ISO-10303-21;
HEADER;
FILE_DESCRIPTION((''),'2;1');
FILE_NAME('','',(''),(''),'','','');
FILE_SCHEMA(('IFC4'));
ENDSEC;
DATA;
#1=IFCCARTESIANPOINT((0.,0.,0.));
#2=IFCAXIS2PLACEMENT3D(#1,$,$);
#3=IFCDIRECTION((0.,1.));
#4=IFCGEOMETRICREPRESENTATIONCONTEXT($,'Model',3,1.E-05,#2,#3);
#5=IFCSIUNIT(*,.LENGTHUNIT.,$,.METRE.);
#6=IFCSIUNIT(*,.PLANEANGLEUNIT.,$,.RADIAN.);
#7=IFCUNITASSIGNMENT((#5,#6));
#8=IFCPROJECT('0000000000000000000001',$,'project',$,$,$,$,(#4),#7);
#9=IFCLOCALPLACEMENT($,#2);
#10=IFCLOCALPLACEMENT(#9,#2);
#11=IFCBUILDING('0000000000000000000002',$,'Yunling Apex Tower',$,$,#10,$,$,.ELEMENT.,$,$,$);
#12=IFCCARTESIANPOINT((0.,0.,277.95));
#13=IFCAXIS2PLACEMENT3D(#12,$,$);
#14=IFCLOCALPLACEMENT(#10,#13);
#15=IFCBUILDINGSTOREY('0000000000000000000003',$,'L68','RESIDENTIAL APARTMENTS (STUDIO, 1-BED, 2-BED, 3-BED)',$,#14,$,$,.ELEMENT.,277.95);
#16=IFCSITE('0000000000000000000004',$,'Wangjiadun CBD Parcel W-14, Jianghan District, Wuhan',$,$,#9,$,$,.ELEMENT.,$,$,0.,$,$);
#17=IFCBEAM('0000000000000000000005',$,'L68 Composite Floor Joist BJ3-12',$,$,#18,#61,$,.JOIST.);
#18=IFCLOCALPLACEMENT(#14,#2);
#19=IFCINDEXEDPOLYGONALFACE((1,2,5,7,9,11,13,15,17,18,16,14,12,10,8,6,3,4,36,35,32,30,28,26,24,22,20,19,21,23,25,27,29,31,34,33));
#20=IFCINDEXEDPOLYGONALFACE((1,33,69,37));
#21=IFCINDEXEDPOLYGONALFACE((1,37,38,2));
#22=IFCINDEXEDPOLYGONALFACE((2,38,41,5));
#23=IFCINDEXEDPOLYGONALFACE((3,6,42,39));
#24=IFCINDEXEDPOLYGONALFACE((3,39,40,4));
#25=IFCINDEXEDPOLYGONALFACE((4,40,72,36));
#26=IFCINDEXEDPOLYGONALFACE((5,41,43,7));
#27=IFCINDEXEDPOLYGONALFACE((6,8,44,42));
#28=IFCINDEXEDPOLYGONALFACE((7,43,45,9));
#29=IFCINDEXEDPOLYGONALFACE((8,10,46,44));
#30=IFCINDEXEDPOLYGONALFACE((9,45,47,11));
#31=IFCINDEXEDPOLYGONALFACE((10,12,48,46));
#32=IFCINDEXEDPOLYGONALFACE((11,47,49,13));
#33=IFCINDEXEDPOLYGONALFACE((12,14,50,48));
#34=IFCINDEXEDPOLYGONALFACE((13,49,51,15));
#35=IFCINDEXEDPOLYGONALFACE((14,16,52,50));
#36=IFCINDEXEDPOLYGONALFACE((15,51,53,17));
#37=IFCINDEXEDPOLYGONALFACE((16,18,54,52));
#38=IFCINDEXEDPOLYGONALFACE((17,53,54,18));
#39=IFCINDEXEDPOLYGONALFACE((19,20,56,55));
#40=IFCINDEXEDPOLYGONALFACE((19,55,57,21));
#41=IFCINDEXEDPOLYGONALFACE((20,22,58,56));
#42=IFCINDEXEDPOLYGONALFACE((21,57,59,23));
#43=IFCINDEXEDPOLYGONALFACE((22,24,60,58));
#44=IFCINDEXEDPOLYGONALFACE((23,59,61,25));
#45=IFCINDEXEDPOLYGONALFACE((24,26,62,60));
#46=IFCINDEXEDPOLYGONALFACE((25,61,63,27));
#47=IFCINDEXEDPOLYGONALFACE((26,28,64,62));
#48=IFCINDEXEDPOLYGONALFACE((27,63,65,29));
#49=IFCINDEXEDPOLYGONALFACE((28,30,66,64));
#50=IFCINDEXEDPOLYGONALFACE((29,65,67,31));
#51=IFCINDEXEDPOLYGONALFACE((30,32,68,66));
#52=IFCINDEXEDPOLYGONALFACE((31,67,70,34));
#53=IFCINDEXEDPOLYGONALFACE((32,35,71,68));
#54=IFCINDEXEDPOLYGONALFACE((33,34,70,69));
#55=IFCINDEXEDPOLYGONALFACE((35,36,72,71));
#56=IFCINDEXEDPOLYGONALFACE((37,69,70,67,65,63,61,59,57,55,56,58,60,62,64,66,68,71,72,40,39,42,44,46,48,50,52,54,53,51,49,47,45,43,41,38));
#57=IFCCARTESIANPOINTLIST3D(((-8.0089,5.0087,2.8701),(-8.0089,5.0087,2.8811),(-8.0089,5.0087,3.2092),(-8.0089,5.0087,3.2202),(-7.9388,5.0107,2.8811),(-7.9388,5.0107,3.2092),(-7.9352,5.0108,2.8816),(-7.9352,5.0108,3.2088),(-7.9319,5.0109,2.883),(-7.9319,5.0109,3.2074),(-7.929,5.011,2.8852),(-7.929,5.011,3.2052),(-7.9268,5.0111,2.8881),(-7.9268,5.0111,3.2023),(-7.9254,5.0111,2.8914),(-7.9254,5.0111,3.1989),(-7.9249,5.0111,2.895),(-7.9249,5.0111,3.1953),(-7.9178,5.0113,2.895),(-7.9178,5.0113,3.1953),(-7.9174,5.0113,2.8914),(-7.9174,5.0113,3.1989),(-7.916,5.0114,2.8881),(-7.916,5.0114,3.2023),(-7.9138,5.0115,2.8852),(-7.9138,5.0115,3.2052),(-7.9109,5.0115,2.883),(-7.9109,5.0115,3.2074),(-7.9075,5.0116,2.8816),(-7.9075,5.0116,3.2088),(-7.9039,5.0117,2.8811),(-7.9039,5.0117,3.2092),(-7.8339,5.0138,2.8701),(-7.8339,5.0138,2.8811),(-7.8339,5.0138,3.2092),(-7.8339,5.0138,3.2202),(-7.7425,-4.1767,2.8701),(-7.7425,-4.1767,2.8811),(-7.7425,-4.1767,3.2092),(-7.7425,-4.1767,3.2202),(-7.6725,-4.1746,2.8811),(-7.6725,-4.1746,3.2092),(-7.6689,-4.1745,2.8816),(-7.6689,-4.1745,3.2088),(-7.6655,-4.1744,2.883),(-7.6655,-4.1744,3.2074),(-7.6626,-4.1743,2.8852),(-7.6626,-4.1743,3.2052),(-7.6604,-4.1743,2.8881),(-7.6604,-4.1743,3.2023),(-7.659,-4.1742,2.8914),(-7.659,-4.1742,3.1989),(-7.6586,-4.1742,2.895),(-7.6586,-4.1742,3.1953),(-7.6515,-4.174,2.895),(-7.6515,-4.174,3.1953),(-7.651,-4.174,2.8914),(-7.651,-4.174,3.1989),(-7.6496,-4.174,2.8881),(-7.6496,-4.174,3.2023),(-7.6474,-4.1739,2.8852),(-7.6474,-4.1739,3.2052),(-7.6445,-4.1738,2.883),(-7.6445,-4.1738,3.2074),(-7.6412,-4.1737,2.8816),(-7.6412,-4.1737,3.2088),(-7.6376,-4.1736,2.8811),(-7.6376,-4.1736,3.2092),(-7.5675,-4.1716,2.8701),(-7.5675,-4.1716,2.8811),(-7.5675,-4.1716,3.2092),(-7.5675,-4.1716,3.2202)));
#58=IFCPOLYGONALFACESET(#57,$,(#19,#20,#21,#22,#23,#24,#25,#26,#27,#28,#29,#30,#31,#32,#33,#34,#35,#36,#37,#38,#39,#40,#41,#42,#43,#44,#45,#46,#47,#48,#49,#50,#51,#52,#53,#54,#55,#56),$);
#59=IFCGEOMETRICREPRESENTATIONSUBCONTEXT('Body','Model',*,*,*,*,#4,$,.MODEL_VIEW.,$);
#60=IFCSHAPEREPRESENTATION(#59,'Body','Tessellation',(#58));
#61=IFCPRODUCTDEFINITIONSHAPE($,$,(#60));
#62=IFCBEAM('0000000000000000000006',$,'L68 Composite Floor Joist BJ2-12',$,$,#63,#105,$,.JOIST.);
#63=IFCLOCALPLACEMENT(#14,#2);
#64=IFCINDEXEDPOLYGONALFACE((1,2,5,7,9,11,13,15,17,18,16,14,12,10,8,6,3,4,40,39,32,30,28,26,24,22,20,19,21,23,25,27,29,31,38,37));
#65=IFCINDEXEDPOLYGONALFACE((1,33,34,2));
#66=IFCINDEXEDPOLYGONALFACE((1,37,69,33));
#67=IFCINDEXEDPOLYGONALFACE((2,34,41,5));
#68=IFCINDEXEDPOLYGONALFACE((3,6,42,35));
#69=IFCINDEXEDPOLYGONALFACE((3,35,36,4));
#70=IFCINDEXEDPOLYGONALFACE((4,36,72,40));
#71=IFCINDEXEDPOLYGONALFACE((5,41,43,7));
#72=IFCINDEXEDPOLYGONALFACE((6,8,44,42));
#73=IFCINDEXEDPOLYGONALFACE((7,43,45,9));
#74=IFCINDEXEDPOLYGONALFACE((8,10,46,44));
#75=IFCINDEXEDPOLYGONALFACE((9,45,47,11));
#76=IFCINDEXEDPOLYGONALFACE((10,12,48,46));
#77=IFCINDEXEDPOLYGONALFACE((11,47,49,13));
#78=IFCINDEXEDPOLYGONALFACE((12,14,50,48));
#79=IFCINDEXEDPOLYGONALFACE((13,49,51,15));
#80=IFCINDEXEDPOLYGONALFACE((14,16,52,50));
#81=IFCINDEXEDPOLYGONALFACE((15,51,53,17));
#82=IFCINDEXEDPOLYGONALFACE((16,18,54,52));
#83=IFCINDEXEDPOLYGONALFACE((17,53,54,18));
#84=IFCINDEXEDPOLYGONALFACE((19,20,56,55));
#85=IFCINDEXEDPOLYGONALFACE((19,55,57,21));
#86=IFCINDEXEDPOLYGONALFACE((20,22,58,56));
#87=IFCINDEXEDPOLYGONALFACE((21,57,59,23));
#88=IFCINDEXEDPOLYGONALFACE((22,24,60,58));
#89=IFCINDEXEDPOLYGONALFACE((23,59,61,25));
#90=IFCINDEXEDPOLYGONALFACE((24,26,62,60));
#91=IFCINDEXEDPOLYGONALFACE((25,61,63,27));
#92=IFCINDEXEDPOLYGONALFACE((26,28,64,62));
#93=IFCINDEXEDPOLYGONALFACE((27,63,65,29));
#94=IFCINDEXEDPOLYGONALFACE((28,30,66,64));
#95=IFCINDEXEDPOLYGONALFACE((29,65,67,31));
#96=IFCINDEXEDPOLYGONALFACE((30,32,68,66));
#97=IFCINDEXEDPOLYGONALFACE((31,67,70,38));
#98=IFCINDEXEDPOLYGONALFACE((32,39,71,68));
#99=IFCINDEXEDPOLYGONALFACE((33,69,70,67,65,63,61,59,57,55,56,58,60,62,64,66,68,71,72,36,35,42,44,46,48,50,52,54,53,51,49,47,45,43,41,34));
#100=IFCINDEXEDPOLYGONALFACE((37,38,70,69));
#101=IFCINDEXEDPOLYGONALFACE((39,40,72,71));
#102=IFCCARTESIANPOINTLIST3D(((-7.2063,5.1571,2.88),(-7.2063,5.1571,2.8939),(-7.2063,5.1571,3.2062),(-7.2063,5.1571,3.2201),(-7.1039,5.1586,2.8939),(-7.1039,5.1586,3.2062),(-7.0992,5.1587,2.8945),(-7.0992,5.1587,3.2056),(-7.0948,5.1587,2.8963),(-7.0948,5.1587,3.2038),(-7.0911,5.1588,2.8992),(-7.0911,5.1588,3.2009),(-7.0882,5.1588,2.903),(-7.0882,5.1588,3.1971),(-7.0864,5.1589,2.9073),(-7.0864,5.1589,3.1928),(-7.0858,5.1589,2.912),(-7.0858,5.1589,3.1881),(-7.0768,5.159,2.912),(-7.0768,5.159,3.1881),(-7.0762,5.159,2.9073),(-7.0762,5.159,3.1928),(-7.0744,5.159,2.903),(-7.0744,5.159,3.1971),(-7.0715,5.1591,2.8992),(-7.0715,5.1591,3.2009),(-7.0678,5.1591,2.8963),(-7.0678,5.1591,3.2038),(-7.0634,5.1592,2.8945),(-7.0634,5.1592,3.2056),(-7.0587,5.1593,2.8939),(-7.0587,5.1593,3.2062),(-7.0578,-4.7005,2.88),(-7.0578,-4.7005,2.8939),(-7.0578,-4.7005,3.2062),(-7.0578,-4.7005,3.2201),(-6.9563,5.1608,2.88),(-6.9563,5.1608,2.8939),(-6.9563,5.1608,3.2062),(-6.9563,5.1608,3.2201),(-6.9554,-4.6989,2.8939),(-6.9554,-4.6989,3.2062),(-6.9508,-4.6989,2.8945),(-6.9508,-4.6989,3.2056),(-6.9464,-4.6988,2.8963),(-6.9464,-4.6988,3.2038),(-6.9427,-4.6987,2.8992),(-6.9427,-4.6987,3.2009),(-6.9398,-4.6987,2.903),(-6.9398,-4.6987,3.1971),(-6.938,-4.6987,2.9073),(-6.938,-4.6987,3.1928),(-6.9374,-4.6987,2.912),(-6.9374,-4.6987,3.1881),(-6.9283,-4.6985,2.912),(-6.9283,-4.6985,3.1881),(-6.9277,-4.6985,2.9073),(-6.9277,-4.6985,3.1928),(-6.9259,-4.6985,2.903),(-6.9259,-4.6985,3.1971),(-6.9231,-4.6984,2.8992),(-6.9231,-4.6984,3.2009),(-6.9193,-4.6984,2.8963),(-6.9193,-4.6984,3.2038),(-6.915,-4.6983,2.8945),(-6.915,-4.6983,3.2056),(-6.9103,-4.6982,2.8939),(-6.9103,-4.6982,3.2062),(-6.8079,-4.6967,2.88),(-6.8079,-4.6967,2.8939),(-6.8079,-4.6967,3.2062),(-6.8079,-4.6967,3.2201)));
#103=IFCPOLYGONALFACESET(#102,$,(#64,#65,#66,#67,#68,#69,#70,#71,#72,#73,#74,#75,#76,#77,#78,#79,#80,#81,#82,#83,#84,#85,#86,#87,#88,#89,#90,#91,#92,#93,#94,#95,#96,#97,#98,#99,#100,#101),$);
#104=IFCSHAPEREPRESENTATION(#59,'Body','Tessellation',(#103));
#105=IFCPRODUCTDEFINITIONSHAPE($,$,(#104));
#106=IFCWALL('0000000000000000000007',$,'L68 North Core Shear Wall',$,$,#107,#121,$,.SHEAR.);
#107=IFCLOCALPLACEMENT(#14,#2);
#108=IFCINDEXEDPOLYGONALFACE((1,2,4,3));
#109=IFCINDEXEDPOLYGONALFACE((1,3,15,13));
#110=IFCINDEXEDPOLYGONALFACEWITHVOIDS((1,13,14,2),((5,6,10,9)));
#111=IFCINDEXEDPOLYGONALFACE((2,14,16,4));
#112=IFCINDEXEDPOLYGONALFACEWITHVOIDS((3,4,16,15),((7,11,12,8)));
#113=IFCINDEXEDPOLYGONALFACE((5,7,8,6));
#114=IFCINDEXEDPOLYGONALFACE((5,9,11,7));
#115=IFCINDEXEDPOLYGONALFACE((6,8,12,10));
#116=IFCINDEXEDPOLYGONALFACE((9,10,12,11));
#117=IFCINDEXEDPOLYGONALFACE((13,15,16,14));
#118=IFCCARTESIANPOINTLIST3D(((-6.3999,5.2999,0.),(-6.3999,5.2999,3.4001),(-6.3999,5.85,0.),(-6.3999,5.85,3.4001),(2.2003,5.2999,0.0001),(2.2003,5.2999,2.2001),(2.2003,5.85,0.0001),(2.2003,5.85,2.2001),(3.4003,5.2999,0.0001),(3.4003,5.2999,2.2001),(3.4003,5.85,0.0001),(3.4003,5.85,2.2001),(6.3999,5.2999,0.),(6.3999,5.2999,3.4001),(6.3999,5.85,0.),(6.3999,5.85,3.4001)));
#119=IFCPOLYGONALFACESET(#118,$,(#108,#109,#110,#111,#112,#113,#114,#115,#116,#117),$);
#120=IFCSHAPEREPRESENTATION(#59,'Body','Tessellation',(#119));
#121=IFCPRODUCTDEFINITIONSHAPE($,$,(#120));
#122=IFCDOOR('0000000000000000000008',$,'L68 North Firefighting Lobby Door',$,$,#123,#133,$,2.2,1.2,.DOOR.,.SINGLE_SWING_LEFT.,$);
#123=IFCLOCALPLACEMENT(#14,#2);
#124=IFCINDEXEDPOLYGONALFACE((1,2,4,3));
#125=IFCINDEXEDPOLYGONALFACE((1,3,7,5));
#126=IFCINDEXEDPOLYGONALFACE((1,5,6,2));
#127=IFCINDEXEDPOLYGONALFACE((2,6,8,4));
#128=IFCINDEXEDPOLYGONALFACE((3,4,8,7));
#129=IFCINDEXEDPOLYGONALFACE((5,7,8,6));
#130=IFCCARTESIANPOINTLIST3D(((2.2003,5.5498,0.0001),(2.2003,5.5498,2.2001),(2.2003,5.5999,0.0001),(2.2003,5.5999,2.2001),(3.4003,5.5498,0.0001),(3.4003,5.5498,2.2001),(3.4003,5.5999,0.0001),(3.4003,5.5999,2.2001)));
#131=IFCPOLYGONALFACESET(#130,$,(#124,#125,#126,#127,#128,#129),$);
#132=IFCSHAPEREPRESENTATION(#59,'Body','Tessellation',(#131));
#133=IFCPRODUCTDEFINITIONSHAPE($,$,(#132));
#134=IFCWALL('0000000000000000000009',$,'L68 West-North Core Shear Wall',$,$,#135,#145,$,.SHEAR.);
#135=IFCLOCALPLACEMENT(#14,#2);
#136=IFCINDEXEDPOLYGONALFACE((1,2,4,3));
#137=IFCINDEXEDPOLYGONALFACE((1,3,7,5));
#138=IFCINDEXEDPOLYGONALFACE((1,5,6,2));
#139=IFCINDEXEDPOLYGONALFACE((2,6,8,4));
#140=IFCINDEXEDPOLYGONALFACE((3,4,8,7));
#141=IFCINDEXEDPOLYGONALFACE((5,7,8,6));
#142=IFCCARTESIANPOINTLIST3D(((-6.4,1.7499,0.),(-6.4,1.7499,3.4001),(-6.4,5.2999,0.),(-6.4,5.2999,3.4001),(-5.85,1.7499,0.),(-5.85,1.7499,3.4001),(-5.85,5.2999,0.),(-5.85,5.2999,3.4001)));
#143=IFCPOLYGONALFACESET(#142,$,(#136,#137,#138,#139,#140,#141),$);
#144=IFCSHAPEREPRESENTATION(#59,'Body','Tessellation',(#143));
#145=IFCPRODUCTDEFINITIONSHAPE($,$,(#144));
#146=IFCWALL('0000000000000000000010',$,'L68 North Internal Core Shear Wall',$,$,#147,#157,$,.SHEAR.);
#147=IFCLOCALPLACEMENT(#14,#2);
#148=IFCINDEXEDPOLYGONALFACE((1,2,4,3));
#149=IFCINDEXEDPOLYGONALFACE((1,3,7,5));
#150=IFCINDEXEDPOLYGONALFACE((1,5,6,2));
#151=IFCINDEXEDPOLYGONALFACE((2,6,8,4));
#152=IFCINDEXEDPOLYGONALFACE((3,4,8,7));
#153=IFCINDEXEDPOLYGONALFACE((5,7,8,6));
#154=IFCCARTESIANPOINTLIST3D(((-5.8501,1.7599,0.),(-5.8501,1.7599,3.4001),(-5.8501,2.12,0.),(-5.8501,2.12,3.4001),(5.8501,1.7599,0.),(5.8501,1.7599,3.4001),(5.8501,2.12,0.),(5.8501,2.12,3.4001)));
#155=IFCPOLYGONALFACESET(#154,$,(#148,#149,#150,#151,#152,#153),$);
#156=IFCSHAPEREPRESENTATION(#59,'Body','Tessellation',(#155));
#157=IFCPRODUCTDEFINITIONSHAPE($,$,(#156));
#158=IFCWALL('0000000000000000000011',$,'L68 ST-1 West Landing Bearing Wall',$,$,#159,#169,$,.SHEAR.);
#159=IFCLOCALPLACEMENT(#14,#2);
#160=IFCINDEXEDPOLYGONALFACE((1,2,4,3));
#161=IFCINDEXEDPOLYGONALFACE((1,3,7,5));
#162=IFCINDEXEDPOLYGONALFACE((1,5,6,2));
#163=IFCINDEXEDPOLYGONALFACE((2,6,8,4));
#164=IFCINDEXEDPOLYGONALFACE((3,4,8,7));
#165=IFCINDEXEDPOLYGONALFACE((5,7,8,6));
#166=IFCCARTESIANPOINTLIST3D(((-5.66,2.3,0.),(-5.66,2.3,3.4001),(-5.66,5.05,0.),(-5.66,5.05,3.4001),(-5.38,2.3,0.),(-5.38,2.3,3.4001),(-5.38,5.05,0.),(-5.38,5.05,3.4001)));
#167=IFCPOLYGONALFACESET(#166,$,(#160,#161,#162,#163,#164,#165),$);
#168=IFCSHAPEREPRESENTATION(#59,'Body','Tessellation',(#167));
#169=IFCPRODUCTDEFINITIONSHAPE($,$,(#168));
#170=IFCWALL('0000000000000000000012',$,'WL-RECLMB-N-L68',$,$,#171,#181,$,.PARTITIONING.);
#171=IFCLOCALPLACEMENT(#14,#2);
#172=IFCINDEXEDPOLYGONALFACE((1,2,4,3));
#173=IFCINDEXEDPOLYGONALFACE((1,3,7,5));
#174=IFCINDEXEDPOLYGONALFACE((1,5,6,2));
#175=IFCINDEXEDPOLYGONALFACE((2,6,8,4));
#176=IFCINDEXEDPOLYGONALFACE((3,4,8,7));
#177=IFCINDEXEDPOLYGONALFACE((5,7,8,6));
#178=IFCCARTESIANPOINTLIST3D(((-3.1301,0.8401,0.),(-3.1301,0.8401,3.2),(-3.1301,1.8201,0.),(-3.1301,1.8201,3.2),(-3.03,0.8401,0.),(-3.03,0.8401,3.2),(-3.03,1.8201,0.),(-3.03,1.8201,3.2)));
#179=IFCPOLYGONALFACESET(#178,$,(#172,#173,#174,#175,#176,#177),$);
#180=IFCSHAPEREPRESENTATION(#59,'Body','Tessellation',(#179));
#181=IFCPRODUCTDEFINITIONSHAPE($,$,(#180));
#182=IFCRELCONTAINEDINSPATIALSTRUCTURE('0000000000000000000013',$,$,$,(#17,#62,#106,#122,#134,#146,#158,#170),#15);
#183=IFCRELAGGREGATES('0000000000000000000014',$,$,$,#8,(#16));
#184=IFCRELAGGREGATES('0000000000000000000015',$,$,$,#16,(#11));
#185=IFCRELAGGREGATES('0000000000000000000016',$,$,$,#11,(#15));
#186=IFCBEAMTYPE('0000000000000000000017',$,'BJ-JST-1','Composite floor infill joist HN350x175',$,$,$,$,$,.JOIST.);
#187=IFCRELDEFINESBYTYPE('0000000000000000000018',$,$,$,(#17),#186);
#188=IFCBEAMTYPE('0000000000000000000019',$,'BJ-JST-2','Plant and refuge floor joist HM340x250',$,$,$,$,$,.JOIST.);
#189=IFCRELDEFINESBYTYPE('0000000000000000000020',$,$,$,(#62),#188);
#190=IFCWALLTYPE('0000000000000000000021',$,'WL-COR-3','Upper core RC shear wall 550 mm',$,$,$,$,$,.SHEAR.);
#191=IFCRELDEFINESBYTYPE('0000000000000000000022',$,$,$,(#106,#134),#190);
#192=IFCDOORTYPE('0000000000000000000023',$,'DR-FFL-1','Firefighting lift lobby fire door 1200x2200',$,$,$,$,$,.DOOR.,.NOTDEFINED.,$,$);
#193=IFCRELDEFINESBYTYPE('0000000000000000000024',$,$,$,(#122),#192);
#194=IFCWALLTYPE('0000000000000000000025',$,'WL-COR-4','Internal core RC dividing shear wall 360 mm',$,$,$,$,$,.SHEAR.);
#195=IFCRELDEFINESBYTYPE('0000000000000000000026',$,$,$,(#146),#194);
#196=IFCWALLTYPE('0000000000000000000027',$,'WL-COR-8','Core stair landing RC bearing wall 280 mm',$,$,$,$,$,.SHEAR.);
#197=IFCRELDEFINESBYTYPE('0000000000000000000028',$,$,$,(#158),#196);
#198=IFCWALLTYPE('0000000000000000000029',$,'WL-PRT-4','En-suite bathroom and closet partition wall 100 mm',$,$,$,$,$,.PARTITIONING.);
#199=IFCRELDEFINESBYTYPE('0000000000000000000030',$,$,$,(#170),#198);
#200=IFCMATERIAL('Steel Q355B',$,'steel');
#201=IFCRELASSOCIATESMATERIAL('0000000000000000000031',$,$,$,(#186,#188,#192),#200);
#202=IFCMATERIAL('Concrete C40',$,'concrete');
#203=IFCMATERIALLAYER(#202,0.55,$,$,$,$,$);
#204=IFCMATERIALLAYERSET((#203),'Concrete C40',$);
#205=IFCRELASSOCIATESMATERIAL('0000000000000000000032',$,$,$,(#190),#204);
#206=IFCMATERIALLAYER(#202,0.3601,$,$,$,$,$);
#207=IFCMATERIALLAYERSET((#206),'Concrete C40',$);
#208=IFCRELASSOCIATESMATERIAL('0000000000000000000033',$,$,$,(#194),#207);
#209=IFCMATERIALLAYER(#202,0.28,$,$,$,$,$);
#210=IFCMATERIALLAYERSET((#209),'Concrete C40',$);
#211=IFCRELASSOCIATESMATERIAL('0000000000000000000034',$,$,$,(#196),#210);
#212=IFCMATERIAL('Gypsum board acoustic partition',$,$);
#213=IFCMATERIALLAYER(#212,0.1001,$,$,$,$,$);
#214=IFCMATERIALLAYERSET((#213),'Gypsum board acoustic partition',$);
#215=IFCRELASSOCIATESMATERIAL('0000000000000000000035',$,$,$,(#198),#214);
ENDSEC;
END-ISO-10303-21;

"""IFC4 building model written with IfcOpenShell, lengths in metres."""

from ifc_helpers import new_model, si_unit, direction, frame, frame_2d, origin, origin_2d, place, context, subcontext, project, spatial, rectangle, i_section, extrude, source, transform, mapped, material, layer, layer_set, material_profile, profile_set, type_object, element, fill, save


model = new_model("IFC4")

# Units and contexts
model_context = context("Model", 3, precision=1e-05, world=origin(), true_north=direction((0.0, 1.0)))
body_context = subcontext(model_context, "Body", "Model", "MODEL_VIEW")
ifc_project = project(units=[si_unit("LENGTHUNIT", "METRE"), si_unit("PLANEANGLEUNIT", "RADIAN")], contexts=[model_context])

# Site, building, storey
site_placement = place(None, origin())
site = spatial("IfcSite", under=ifc_project, at=site_placement, Name="Wangjiadun CBD Parcel W-14, Jianghan District, Wuhan", CompositionType="ELEMENT", RefElevation=0.0)
building_placement = place(site_placement, origin())
building = spatial("IfcBuilding", under=site, at=building_placement, Name="Yunling Apex Tower", CompositionType="ELEMENT")
storey_placement = place(building_placement, frame((0.0, 0.0, 277.95)))
storey = spatial("IfcBuildingStorey", under=building, at=storey_placement, Name="L68", Description="RESIDENTIAL APARTMENTS (STUDIO, 1-BED, 2-BED, 3-BED)", CompositionType="ELEMENT", Elevation=277.95)

# Beams
ifc_material_1 = material(Name="Steel Q355B", Category="steel")
ifc_material_profile_1 = material_profile(ifc_material_1, i_section(OverallWidth=0.175, OverallDepth=0.3501, WebThickness=0.0071, FlangeThickness=0.011, FilletRadius=0.0139, at=origin_2d()))
ifc_profile_set_1 = profile_set([ifc_material_profile_1], Name="Steel Q355B")
beam_type_1 = type_object("IfcBeamType", Name="BJ-JST-1", Description="Composite floor infill joist HN350x175", PredefinedType="JOIST", material=ifc_profile_set_1)
shared_shape_1 = source(origin(), body_context, "Body", "SweptSolid", [
    extrude(i_section(OverallWidth=0.175, OverallDepth=0.3501, WebThickness=0.0071, FlangeThickness=0.011, FilletRadius=0.0139, at=origin_2d()), origin(), (0.0, 0.0, 1.0), 9.1892),
])
beam_1_placement = place(storey_placement, frame((-7.9214, 5.0112, 3.0452), z_axis=(0.028986, -0.99958, 0.0), x_axis=(0.99958, 0.028986, 0.0)))
element("IfcBeam", 1, at=beam_1_placement, inside=storey, type_object=beam_type_1, Name="L68 Composite Floor Joist BJ3-12", PredefinedType="JOIST", context=body_context, shape_type="MappedRepresentation", body=[
    mapped(shared_shape_1, transform((0.0, 0.0, 0.0), scale=1.0)),
])
ifc_material_profile_2 = material_profile(ifc_material_1, i_section(OverallWidth=0.25, OverallDepth=0.3401, WebThickness=0.009, FlangeThickness=0.0139, FilletRadius=0.0181, at=origin_2d()))
ifc_profile_set_2 = profile_set([ifc_material_profile_2], Name="Steel Q355B")
beam_type_2 = type_object("IfcBeamType", Name="BJ-JST-2", Description="Plant and refuge floor joist HM340x250", PredefinedType="JOIST", material=ifc_profile_set_2)
shared_shape_2 = source(origin(), body_context, "Body", "SweptSolid", [
    extrude(i_section(OverallWidth=0.25, OverallDepth=0.3401, WebThickness=0.009, FlangeThickness=0.0139, FilletRadius=0.0181, at=origin_2d()), origin(), (0.0, 0.0, 1.0), 9.8586),
])
beam_2_placement = place(storey_placement, frame((-7.0813, 5.1589, 3.05), z_axis=(0.015057, -0.999887, 0.0), x_axis=(0.999887, 0.015057, 0.0)))
element("IfcBeam", 2, at=beam_2_placement, inside=storey, type_object=beam_type_2, Name="L68 Composite Floor Joist BJ2-12", PredefinedType="JOIST", context=body_context, shape_type="MappedRepresentation", body=[
    mapped(shared_shape_2, transform((0.0, 0.0, 0.0), scale=1.0)),
])

# Wall, opening, door
ifc_material_2 = material(Name="Concrete C40", Category="concrete")
ifc_layer_1 = layer(ifc_material_2, 0.55)
ifc_layer_set_1 = layer_set([ifc_layer_1], Name="Concrete C40")
wall_type_1 = type_object("IfcWallType", Name="WL-COR-3", Description="Upper core RC shear wall 550 mm", PredefinedType="SHEAR", material=ifc_layer_set_1)
wall_1_placement = place(storey_placement, frame((-6.3999, 5.575, 0.0), z_axis=(0.0, 0.0, 1.0), x_axis=(1.0, 0.0, 0.0)))
wall_1 = element("IfcWall", 3, at=wall_1_placement, inside=storey, type_object=wall_type_1, Name="L68 North Core Shear Wall", PredefinedType="SHEAR", context=body_context, shape_type="SweptSolid", body=[
    extrude(rectangle(XDim=12.7998, YDim=0.55, at=frame_2d((6.3999, 0.0))), origin(), (0.0, 0.0, 1.0), 3.4001),
])
opening_1_placement = place(wall_1_placement, frame((8.6001, 0.0, 0.0)))
opening_1 = element("IfcOpeningElement", 4, at=opening_1_placement, cuts=wall_1, PredefinedType="OPENING", context=body_context, shape_type="SweptSolid", body=[
    extrude(rectangle(XDim=1.2, YDim=2.2, at=frame_2d((0.6001, 1.1001))), frame((0.0, 0.2852, 0.0), z_axis=(0.0, -1.0, 0.0), x_axis=(1.0, 0.0, 0.0)), (0.0, 0.0, 1.0), 0.5701),
])
door_type_1 = type_object("IfcDoorType", Name="DR-FFL-1", Description="Firefighting lift lobby fire door 1200x2200", OperationType="NOTDEFINED", PredefinedType="DOOR", material=ifc_material_1)
door_1_placement = place(opening_1_placement, origin())
door_1 = element("IfcDoor", 5, at=door_1_placement, inside=storey, type_object=door_type_1, Name="L68 North Firefighting Lobby Door", OperationType="SINGLE_SWING_LEFT", OverallHeight=2.2, OverallWidth=1.2, PredefinedType="DOOR", context=body_context, shape_type="SweptSolid", body=[
    extrude(rectangle(XDim=1.2, YDim=2.2, at=frame_2d((0.6001, 1.1001))), frame((0.0, 0.0249, 0.0), z_axis=(0.0, -1.0, 0.0), x_axis=(1.0, 0.0, 0.0)), (0.0, 0.0, 1.0), 0.05),
])
fill(opening_1, door_1)

# Walls
wall_2_placement = place(storey_placement, frame((-6.125, 1.75, 0.0), z_axis=(0.0, 0.0, 1.0), x_axis=(0.0, 1.0, 0.0)))
element("IfcWall", 6, at=wall_2_placement, inside=storey, type_object=wall_type_1, Name="L68 West-North Core Shear Wall", PredefinedType="SHEAR", context=body_context, shape_type="SweptSolid", body=[
    extrude(rectangle(XDim=3.55, YDim=0.55, at=frame_2d((1.7749, 0.0))), origin(), (0.0, 0.0, 1.0), 3.4001),
])
ifc_layer_2 = layer(ifc_material_2, 0.3601)
ifc_layer_set_2 = layer_set([ifc_layer_2], Name="Concrete C40")
wall_type_2 = type_object("IfcWallType", Name="WL-COR-4", Description="Internal core RC dividing shear wall 360 mm", PredefinedType="SHEAR", material=ifc_layer_set_2)
wall_3_placement = place(storey_placement, frame((-5.8501, 1.9399, 0.0), z_axis=(0.0, 0.0, 1.0), x_axis=(1.0, 0.0, 0.0)))
element("IfcWall", 7, at=wall_3_placement, inside=storey, type_object=wall_type_2, Name="L68 North Internal Core Shear Wall", PredefinedType="SHEAR", context=body_context, shape_type="SweptSolid", body=[
    extrude(rectangle(XDim=11.7002, YDim=0.3601, at=frame_2d((5.8501, 0.0))), origin(), (0.0, 0.0, 1.0), 3.4001),
])
ifc_layer_3 = layer(ifc_material_2, 0.28)
ifc_layer_set_3 = layer_set([ifc_layer_3], Name="Concrete C40")
wall_type_3 = type_object("IfcWallType", Name="WL-COR-8", Description="Core stair landing RC bearing wall 280 mm", PredefinedType="SHEAR", material=ifc_layer_set_3)
wall_4_placement = place(storey_placement, frame((-5.52, 2.3, 0.0), z_axis=(0.0, 0.0, 1.0), x_axis=(0.0, 1.0, 0.0)))
element("IfcWall", 8, at=wall_4_placement, inside=storey, type_object=wall_type_3, Name="L68 ST-1 West Landing Bearing Wall", PredefinedType="SHEAR", context=body_context, shape_type="SweptSolid", body=[
    extrude(rectangle(XDim=2.75, YDim=0.28, at=frame_2d((1.375, 0.0))), origin(), (0.0, 0.0, 1.0), 3.4001),
])
ifc_material_3 = material(Name="Gypsum board acoustic partition")
ifc_layer_4 = layer(ifc_material_3, 0.1001)
ifc_layer_set_4 = layer_set([ifc_layer_4], Name="Gypsum board acoustic partition")
wall_type_4 = type_object("IfcWallType", Name="WL-PRT-4", Description="En-suite bathroom and closet partition wall 100 mm", PredefinedType="PARTITIONING", material=ifc_layer_set_4)
wall_5_placement = place(storey_placement, frame((-3.0801, 0.8401, 0.0), z_axis=(0.0, 0.0, 1.0), x_axis=(0.0, 1.0, 0.0)))
element("IfcWall", 9, at=wall_5_placement, inside=storey, type_object=wall_type_4, Name="WL-RECLMB-N-L68", PredefinedType="PARTITIONING", context=body_context, shape_type="SweptSolid", body=[
    extrude(rectangle(XDim=0.98, YDim=0.1001, at=frame_2d((0.49, 0.0))), origin(), (0.0, 0.0, 1.0), 3.2),
])

save(model, "model.ifc")
